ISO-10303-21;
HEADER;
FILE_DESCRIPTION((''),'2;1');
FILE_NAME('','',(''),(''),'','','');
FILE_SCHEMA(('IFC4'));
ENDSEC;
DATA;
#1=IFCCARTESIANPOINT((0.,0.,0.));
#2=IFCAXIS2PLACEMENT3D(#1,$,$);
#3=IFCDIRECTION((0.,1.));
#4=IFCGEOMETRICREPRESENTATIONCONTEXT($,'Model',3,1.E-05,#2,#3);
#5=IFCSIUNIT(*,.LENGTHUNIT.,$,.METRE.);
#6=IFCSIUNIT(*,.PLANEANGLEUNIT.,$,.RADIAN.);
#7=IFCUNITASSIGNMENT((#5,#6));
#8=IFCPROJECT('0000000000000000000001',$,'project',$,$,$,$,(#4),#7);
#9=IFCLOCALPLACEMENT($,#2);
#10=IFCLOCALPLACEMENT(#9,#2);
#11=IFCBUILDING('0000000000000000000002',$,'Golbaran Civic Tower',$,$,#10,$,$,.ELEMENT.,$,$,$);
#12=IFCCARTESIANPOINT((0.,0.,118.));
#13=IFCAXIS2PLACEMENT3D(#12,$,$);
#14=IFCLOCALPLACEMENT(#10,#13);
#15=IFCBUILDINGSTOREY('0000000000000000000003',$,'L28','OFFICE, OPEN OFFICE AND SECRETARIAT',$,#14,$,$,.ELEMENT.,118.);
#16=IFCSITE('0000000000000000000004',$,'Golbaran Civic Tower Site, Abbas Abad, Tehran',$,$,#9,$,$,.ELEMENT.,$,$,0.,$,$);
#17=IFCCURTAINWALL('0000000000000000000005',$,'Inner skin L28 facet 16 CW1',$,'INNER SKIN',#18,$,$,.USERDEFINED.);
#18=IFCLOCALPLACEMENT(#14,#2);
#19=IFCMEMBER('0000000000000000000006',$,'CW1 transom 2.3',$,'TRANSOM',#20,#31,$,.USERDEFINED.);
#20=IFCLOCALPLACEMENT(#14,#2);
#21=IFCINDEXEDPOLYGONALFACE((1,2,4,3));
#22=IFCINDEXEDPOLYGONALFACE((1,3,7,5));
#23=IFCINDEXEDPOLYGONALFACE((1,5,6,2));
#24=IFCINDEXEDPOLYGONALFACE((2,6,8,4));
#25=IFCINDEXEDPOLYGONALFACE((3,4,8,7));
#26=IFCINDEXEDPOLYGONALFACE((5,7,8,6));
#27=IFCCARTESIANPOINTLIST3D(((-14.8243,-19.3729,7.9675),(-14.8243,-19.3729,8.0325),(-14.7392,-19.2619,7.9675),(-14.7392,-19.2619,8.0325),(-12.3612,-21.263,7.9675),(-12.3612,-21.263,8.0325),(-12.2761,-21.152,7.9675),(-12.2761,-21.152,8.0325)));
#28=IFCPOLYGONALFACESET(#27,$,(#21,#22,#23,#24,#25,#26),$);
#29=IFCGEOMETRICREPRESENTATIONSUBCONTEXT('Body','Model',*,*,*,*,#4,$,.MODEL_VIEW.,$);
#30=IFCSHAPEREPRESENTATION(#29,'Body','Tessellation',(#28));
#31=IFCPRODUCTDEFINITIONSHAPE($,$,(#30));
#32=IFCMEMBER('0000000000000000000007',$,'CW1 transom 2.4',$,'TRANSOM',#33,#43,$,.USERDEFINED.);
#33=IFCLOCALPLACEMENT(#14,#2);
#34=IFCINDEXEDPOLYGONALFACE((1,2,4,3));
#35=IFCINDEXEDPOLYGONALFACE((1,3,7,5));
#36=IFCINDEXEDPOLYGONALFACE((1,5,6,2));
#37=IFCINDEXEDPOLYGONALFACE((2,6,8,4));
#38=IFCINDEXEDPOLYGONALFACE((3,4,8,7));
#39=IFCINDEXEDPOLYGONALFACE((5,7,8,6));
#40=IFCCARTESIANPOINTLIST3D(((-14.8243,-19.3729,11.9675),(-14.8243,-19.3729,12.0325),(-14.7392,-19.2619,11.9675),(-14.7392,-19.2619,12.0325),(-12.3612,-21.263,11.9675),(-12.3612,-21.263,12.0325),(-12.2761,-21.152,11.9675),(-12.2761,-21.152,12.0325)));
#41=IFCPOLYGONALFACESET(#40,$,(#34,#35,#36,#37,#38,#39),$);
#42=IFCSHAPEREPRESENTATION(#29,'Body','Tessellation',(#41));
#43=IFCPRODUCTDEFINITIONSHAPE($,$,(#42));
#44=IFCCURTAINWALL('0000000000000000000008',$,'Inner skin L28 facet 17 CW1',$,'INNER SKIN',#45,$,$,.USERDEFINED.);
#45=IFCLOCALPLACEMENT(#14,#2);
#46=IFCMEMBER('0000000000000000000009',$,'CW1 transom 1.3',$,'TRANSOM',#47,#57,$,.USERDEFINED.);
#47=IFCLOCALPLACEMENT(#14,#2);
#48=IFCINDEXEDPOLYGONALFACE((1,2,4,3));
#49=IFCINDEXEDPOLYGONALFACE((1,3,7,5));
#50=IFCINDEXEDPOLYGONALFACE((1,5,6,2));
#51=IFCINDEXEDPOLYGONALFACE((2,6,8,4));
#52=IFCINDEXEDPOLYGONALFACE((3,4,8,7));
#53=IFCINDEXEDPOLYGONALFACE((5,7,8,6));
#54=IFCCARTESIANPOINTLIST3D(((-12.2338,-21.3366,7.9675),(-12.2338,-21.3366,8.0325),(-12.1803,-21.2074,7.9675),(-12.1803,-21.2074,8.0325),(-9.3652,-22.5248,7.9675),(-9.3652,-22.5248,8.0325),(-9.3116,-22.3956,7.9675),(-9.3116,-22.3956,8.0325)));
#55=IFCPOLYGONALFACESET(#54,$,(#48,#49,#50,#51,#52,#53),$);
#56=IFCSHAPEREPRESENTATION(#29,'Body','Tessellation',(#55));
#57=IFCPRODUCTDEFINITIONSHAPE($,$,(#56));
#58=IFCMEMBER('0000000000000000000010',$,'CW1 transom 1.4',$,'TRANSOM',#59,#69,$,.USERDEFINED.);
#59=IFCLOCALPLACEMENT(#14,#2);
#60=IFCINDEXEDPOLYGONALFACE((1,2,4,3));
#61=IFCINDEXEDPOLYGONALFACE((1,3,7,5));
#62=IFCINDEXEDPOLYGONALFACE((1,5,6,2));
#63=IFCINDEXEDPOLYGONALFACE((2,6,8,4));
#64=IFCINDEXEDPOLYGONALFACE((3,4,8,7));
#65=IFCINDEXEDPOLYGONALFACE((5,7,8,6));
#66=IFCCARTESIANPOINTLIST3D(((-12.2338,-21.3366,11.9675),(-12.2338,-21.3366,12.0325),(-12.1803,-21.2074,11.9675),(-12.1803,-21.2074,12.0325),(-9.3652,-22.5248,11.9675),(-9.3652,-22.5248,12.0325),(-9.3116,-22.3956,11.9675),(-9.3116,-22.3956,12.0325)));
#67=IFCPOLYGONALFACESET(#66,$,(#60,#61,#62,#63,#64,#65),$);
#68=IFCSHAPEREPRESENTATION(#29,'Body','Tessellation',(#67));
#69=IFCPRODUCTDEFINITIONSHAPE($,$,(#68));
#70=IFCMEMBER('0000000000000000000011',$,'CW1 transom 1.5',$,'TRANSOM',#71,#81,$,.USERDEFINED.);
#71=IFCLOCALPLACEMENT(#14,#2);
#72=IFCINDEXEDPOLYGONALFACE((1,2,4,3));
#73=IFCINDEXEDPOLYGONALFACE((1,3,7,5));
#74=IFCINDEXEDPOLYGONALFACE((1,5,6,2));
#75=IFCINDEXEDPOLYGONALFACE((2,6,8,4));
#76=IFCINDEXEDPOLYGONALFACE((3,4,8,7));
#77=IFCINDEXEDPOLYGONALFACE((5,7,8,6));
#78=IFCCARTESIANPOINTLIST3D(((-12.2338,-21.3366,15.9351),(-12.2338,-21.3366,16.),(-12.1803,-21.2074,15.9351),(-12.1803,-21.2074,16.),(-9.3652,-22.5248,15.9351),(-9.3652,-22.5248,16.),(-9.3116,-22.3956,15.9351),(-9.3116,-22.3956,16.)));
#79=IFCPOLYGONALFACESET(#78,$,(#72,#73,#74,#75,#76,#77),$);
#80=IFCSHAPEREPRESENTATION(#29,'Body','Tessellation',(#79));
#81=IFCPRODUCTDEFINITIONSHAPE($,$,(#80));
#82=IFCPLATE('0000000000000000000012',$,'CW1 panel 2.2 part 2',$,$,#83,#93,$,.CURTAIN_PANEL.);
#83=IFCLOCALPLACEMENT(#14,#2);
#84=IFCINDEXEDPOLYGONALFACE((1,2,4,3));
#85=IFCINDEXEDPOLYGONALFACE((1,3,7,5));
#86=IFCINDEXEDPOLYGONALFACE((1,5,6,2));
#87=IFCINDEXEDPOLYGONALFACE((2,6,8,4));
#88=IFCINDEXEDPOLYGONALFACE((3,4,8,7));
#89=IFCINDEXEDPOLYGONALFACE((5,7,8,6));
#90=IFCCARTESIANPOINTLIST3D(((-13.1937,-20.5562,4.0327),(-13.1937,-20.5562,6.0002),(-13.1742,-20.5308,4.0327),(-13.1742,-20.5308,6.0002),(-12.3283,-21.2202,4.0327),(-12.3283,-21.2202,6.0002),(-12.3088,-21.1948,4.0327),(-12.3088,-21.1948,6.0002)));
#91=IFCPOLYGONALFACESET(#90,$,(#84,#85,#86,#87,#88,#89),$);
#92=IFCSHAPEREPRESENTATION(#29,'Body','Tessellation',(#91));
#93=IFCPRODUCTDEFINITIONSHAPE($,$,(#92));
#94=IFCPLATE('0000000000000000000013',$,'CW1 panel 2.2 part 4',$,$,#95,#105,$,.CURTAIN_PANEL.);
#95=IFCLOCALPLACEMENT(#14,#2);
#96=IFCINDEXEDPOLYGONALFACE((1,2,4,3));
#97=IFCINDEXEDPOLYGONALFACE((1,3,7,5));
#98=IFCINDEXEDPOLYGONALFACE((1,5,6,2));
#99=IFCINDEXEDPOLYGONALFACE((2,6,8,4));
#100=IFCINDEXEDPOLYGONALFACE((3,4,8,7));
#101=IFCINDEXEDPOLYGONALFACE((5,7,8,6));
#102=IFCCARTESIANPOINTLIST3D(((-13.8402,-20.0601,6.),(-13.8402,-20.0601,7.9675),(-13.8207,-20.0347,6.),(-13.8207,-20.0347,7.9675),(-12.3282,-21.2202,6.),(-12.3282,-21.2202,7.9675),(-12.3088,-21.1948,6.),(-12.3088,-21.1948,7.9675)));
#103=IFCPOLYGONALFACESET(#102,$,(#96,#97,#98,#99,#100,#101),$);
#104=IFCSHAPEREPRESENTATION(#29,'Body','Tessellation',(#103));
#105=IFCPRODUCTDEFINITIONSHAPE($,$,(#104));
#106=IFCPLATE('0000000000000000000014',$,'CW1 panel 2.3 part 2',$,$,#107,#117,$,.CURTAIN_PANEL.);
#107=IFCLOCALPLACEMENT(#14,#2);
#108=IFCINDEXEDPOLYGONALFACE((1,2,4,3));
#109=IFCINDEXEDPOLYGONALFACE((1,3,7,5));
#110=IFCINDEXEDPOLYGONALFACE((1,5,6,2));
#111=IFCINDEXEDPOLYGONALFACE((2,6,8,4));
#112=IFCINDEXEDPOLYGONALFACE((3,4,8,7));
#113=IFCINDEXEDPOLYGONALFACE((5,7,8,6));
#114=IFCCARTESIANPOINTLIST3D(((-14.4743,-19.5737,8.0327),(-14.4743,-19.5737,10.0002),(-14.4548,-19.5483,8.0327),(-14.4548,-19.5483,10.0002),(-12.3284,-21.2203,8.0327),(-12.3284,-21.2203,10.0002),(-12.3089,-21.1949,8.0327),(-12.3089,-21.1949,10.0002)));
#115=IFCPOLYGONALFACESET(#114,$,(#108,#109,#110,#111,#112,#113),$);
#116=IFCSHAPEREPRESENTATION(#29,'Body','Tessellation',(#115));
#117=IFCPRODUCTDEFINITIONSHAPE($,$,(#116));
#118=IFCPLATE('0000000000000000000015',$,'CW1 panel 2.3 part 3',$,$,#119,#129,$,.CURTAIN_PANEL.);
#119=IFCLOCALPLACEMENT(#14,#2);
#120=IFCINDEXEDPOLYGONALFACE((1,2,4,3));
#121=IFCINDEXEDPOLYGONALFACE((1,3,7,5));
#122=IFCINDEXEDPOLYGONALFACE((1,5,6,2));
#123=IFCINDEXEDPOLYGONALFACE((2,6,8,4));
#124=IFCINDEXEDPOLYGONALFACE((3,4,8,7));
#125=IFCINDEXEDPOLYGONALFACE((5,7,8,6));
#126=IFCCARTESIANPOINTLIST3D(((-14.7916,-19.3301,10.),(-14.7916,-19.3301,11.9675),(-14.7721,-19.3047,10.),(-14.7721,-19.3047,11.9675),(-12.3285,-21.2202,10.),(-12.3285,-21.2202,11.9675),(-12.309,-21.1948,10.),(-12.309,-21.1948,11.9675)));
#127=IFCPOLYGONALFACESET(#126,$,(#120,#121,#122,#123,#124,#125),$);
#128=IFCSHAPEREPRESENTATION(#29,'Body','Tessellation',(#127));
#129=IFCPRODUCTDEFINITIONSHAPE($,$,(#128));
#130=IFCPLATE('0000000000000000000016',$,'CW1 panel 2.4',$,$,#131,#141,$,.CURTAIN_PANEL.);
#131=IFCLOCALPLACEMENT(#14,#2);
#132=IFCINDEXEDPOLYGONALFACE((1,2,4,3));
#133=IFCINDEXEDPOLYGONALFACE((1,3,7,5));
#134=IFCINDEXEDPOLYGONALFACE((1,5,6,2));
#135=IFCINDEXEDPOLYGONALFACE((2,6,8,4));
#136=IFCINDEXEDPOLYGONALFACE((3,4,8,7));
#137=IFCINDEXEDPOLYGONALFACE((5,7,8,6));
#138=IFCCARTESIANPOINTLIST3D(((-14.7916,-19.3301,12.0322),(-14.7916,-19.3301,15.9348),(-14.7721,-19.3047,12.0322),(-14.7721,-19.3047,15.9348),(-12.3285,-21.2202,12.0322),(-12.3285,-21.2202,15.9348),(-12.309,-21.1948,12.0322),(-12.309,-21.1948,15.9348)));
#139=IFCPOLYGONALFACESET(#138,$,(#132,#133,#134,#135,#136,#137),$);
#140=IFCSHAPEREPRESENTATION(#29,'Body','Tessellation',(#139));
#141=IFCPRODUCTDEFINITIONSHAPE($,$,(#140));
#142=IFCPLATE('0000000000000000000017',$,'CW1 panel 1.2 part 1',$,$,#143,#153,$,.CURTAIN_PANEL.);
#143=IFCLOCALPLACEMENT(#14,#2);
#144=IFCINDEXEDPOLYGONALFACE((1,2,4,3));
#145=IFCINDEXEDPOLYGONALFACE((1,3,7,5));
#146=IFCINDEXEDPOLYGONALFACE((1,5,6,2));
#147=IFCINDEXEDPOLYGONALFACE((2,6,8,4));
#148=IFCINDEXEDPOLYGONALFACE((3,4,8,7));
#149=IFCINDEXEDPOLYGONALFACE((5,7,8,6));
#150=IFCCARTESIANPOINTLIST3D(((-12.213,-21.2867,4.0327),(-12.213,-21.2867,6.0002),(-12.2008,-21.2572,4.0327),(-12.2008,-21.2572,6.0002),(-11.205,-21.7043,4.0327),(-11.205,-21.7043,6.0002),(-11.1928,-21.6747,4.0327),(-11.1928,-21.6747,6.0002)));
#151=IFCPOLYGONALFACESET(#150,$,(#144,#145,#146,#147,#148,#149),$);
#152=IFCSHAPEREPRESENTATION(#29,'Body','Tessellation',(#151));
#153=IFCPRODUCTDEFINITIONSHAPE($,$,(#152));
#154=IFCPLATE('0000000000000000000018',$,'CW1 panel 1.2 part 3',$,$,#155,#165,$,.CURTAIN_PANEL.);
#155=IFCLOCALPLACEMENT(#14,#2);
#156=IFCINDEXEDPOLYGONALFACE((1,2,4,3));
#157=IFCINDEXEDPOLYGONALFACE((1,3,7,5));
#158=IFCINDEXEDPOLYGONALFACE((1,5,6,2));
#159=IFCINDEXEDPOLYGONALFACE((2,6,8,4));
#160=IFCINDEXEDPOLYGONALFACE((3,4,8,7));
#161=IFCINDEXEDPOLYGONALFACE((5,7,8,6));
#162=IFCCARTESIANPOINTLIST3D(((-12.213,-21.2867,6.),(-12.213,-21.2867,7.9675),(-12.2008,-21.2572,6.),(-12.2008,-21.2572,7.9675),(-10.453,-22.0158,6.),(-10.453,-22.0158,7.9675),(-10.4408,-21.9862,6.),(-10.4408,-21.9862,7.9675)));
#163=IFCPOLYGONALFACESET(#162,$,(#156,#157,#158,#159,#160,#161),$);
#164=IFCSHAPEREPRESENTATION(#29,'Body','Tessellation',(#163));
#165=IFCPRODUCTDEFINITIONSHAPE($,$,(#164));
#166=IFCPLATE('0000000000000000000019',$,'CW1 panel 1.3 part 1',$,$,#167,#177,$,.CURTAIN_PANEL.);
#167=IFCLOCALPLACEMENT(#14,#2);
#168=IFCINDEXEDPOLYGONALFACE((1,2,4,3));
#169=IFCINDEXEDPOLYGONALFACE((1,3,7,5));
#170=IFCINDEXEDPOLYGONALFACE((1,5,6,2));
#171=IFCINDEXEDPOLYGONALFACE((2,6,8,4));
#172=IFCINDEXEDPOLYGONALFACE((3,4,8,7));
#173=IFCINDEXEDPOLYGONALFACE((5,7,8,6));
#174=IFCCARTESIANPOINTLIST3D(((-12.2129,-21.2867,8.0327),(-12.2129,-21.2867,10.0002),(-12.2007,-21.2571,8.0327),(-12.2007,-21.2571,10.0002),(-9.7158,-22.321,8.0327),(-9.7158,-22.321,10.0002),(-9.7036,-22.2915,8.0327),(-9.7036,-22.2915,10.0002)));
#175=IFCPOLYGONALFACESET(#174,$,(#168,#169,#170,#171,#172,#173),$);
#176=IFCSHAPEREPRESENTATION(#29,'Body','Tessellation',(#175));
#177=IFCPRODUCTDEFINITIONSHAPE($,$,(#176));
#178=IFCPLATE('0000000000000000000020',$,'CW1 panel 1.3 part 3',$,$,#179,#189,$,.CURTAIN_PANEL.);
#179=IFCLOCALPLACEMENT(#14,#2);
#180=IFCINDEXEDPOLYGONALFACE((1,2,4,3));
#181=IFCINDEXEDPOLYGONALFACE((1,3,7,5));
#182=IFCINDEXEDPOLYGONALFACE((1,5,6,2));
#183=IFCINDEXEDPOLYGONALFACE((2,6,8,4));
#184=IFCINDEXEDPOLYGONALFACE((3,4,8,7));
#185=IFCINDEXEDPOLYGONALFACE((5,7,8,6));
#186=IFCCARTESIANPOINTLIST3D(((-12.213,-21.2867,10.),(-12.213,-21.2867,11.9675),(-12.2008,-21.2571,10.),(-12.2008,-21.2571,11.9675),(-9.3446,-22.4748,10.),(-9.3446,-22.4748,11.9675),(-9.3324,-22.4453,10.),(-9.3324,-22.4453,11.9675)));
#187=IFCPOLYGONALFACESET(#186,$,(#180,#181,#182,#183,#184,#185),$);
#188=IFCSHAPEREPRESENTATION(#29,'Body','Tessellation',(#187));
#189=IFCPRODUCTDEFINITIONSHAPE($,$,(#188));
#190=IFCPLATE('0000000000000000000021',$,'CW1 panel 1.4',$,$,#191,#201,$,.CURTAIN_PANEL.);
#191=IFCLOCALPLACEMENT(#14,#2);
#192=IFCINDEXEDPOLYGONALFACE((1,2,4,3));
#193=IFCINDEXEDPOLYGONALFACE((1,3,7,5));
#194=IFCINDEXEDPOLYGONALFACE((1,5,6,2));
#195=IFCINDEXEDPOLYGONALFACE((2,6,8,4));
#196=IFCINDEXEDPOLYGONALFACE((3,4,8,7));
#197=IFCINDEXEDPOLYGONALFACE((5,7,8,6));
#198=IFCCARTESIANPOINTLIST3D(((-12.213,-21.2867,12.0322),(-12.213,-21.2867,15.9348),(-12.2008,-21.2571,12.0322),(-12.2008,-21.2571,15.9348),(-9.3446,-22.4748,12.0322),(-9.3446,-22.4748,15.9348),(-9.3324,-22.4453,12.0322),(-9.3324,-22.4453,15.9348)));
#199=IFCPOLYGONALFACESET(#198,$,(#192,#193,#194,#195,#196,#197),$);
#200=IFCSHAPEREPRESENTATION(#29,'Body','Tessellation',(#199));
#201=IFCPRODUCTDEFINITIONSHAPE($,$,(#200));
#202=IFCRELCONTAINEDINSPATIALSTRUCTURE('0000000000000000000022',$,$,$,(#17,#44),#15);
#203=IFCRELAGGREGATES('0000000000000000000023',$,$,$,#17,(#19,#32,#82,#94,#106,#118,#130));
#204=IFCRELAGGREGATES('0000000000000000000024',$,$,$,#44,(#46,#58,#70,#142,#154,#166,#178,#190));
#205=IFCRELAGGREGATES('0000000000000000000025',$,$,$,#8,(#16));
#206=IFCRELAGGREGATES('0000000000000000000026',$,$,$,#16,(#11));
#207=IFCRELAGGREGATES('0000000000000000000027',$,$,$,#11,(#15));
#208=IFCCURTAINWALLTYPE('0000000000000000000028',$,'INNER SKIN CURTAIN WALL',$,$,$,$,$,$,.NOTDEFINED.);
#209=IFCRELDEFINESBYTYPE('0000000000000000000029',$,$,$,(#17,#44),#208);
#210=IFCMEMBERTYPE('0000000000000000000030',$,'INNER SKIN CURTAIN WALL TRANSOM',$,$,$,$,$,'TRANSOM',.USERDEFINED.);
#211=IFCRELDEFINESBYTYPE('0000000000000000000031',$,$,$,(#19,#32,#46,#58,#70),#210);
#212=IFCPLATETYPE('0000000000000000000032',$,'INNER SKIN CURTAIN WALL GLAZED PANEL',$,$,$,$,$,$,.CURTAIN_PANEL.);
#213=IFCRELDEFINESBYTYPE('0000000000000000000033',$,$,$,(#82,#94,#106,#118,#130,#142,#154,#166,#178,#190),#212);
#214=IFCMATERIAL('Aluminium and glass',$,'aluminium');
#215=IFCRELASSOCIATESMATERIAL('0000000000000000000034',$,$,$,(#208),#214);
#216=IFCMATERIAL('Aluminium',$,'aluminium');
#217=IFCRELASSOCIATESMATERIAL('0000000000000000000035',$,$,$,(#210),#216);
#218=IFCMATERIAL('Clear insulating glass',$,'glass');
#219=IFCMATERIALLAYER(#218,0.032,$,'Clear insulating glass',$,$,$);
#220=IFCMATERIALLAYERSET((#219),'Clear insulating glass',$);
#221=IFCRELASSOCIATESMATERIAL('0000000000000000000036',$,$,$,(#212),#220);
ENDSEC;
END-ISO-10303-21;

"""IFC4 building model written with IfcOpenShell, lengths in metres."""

from ifc_helpers import new_model, si_unit, direction, frame, origin, origin_2d, place, context, subcontext, project, spatial, rectangle, extrude, material, layer, layer_set, material_profile, profile_set, type_object, element, aggregate, save


model = new_model("IFC4")

# Units and contexts
model_context = context("Model", 3, precision=1e-05, world=origin(), true_north=direction((0.0, 1.0)))
body_context = subcontext(model_context, "Body", "Model", "MODEL_VIEW")
ifc_project = project(units=[si_unit("LENGTHUNIT", "METRE"), si_unit("PLANEANGLEUNIT", "RADIAN")], contexts=[model_context])

# Site, building, storey
site_placement = place(None, origin())
site = spatial("IfcSite", under=ifc_project, at=site_placement, Name="Golbaran Civic Tower Site, Abbas Abad, Tehran", CompositionType="ELEMENT", RefElevation=0.0)
building_placement = place(site_placement, origin())
building = spatial("IfcBuilding", under=site, at=building_placement, Name="Golbaran Civic Tower", CompositionType="ELEMENT")
storey_placement = place(building_placement, frame((0.0, 0.0, 118.0)))
storey = spatial("IfcBuildingStorey", under=building, at=storey_placement, Name="L28", Description="OFFICE, OPEN OFFICE AND SECRETARIAT", CompositionType="ELEMENT", Elevation=118.0)

# Curtain walls, members
ifc_material_1 = material(Name="Aluminium and glass", Category="aluminium")
curtain_wall_type_1 = type_object("IfcCurtainWallType", Name="INNER SKIN CURTAIN WALL", PredefinedType="NOTDEFINED", material=ifc_material_1)
curtain_wall_1_placement = place(storey_placement, origin())
curtain_wall_1 = element("IfcCurtainWall", 1, at=curtain_wall_1_placement, inside=storey, type_object=curtain_wall_type_1, Name="Inner skin L28 facet 16 CW1", ObjectType="INNER SKIN", PredefinedType="USERDEFINED")
ifc_material_2 = material(Name="Aluminium", Category="aluminium")
ifc_material_profile = material_profile(ifc_material_2, rectangle(XDim=0.1399, YDim=0.0649, at=origin_2d()), Name="INNER SKIN CURTAIN WALL TRANSOM")
ifc_profile_set = profile_set([ifc_material_profile], Name="Aluminium")
member_type = type_object("IfcMemberType", Name="INNER SKIN CURTAIN WALL TRANSOM", ElementType="TRANSOM", PredefinedType="USERDEFINED", material=ifc_profile_set)
member_1_placement = place(storey_placement, frame((-14.7817, -19.3174, 8.0), z_axis=(0.793337, -0.608783, 0.0), x_axis=(0.608783, 0.793337, 0.0)))
member_1 = element("IfcMember", 2, at=member_1_placement, type_object=member_type, Name="CW1 transom 2.3", ObjectType="TRANSOM", PredefinedType="USERDEFINED", context=body_context, shape_type="SweptSolid", body=[
    extrude(rectangle(XDim=0.1399, YDim=0.0649, at=origin_2d()), origin(), (0.0, 0.0, 1.0), 3.1047),
])
member_2_placement = place(storey_placement, frame((-14.7817, -19.3174, 12.0), z_axis=(0.793337, -0.608783, 0.0), x_axis=(0.608783, 0.793337, 0.0)))
member_2 = element("IfcMember", 3, at=member_2_placement, type_object=member_type, Name="CW1 transom 2.4", ObjectType="TRANSOM", PredefinedType="USERDEFINED", context=body_context, shape_type="SweptSolid", body=[
    extrude(rectangle(XDim=0.1399, YDim=0.0649, at=origin_2d()), origin(), (0.0, 0.0, 1.0), 3.1047),
])
curtain_wall_2_placement = place(storey_placement, origin())
curtain_wall_2 = element("IfcCurtainWall", 4, at=curtain_wall_2_placement, inside=storey, type_object=curtain_wall_type_1, Name="Inner skin L28 facet 17 CW1", ObjectType="INNER SKIN", PredefinedType="USERDEFINED")
member_3_placement = place(storey_placement, frame((-12.207, -21.272, 8.0), z_axis=(0.92388, -0.382683, 0.0), x_axis=(0.382683, 0.92388, 0.0)))
member_3 = element("IfcMember", 5, at=member_3_placement, type_object=member_type, Name="CW1 transom 1.3", ObjectType="TRANSOM", PredefinedType="USERDEFINED", context=body_context, shape_type="SweptSolid", body=[
    extrude(rectangle(XDim=0.1399, YDim=0.0649, at=origin_2d()), origin(), (0.0, 0.0, 1.0), 3.105),
])
member_4_placement = place(storey_placement, frame((-12.207, -21.272, 12.0), z_axis=(0.92388, -0.382683, 0.0), x_axis=(0.382683, 0.92388, 0.0)))
member_4 = element("IfcMember", 6, at=member_4_placement, type_object=member_type, Name="CW1 transom 1.4", ObjectType="TRANSOM", PredefinedType="USERDEFINED", context=body_context, shape_type="SweptSolid", body=[
    extrude(rectangle(XDim=0.1399, YDim=0.0649, at=origin_2d()), origin(), (0.0, 0.0, 1.0), 3.105),
])
member_5_placement = place(storey_placement, frame((-12.207, -21.272, 15.9675), z_axis=(0.92388, -0.382683, 0.0), x_axis=(0.382683, 0.92388, 0.0)))
member_5 = element("IfcMember", 7, at=member_5_placement, type_object=member_type, Name="CW1 transom 1.5", ObjectType="TRANSOM", PredefinedType="USERDEFINED", context=body_context, shape_type="SweptSolid", body=[
    extrude(rectangle(XDim=0.1399, YDim=0.0649, at=origin_2d()), origin(), (0.0, 0.0, 1.0), 3.105),
])

# Plates
ifc_material_3 = material(Name="Clear insulating glass", Category="glass")
ifc_layer_1 = layer(ifc_material_3, 0.032, Name="Clear insulating glass")
ifc_layer_set_1 = layer_set([ifc_layer_1], Name="Clear insulating glass")
plate_type_1 = type_object("IfcPlateType", Name="INNER SKIN CURTAIN WALL GLAZED PANEL", PredefinedType="CURTAIN_PANEL", material=ifc_layer_set_1)
plate_1_placement = place(storey_placement, frame((-12.7512, -20.8755, 4.0327), z_axis=(0.0, 0.0, 1.0), x_axis=(0.793353, -0.608761, 0.0)))
plate_1 = element("IfcPlate", 8, at=plate_1_placement, type_object=plate_type_1, Name="CW1 panel 2.2 part 2", PredefinedType="CURTAIN_PANEL", context=body_context, shape_type="SweptSolid", body=[
    extrude(rectangle(XDim=1.0908, YDim=0.032, at=origin_2d()), origin(), (0.0, 0.0, 1.0), 1.9675),
])
plate_2_placement = place(storey_placement, frame((-13.0745, -20.6274, 6.0), z_axis=(0.0, 0.0, 1.0), x_axis=(0.793353, -0.608761, 0.0)))
plate_2 = element("IfcPlate", 9, at=plate_2_placement, type_object=plate_type_1, Name="CW1 panel 2.2 part 4", PredefinedType="CURTAIN_PANEL", context=body_context, shape_type="SweptSolid", body=[
    extrude(rectangle(XDim=1.9058, YDim=0.032, at=origin_2d()), origin(), (0.0, 0.0, 1.0), 1.9675),
])
plate_3_placement = place(storey_placement, frame((-13.3916, -20.3843, 8.0327), z_axis=(0.0, 0.0, 1.0), x_axis=(0.793353, -0.608761, 0.0)))
plate_3 = element("IfcPlate", 10, at=plate_3_placement, type_object=plate_type_1, Name="CW1 panel 2.3 part 2", PredefinedType="CURTAIN_PANEL", context=body_context, shape_type="SweptSolid", body=[
    extrude(rectangle(XDim=2.7048, YDim=0.032, at=origin_2d()), origin(), (0.0, 0.0, 1.0), 1.9675),
])
plate_4_placement = place(storey_placement, frame((-13.5503, -20.2625, 10.0), z_axis=(0.0, 0.0, 1.0), x_axis=(0.793353, -0.608761, 0.0)))
plate_4 = element("IfcPlate", 11, at=plate_4_placement, type_object=plate_type_1, Name="CW1 panel 2.3 part 3", PredefinedType="CURTAIN_PANEL", context=body_context, shape_type="SweptSolid", body=[
    extrude(rectangle(XDim=3.1047, YDim=0.032, at=origin_2d()), origin(), (0.0, 0.0, 1.0), 1.9675),
])
plate_5_placement = place(storey_placement, frame((-13.5503, -20.2625, 12.0322), z_axis=(0.0, 0.0, 1.0), x_axis=(0.793353, -0.608761, 0.0)))
plate_5 = element("IfcPlate", 12, at=plate_5_placement, type_object=plate_type_1, Name="CW1 panel 2.4", PredefinedType="CURTAIN_PANEL", context=body_context, shape_type="SweptSolid", body=[
    extrude(rectangle(XDim=3.1047, YDim=0.032, at=origin_2d()), origin(), (0.0, 0.0, 1.0), 3.9026),
])
plate_6_placement = place(storey_placement, frame((-11.7029, -21.4807, 4.0327), z_axis=(0.0, 0.0, 1.0), x_axis=(0.92388, -0.382683, 0.0)))
plate_6 = element("IfcPlate", 13, at=plate_6_placement, type_object=plate_type_1, Name="CW1 panel 1.2 part 1", PredefinedType="CURTAIN_PANEL", context=body_context, shape_type="SweptSolid", body=[
    extrude(rectangle(XDim=1.0911, YDim=0.032, at=origin_2d()), origin(), (0.0, 0.0, 1.0), 1.9675),
])
plate_7_placement = place(storey_placement, frame((-11.3269, -21.6365, 6.0), z_axis=(0.0, 0.0, 1.0), x_axis=(0.92388, -0.382683, 0.0)))
plate_7 = element("IfcPlate", 14, at=plate_7_placement, type_object=plate_type_1, Name="CW1 panel 1.2 part 3", PredefinedType="CURTAIN_PANEL", context=body_context, shape_type="SweptSolid", body=[
    extrude(rectangle(XDim=1.905, YDim=0.032, at=origin_2d()), origin(), (0.0, 0.0, 1.0), 1.9675),
])
plate_8_placement = place(storey_placement, frame((-10.9583, -21.7891, 8.0327), z_axis=(0.0, 0.0, 1.0), x_axis=(0.92388, -0.382683, 0.0)))
plate_8 = element("IfcPlate", 15, at=plate_8_placement, type_object=plate_type_1, Name="CW1 panel 1.3 part 1", PredefinedType="CURTAIN_PANEL", context=body_context, shape_type="SweptSolid", body=[
    extrude(rectangle(XDim=2.7029, YDim=0.032, at=origin_2d()), origin(), (0.0, 0.0, 1.0), 1.9675),
])
plate_9_placement = place(storey_placement, frame((-10.7727, -21.866, 10.0), z_axis=(0.0, 0.0, 1.0), x_axis=(0.92388, -0.382683, 0.0)))
plate_9 = element("IfcPlate", 16, at=plate_9_placement, type_object=plate_type_1, Name="CW1 panel 1.3 part 3", PredefinedType="CURTAIN_PANEL", context=body_context, shape_type="SweptSolid", body=[
    extrude(rectangle(XDim=3.1047, YDim=0.032, at=origin_2d()), origin(), (0.0, 0.0, 1.0), 1.9675),
])
plate_10_placement = place(storey_placement, frame((-10.7727, -21.866, 12.0322), z_axis=(0.0, 0.0, 1.0), x_axis=(0.92388, -0.382683, 0.0)))
plate_10 = element("IfcPlate", 17, at=plate_10_placement, type_object=plate_type_1, Name="CW1 panel 1.4", PredefinedType="CURTAIN_PANEL", context=body_context, shape_type="SweptSolid", body=[
    extrude(rectangle(XDim=3.1047, YDim=0.032, at=origin_2d()), origin(), (0.0, 0.0, 1.0), 3.9026),
])
aggregate(curtain_wall_1, [member_1, member_2, plate_1, plate_2, plate_3, plate_4, plate_5])
aggregate(curtain_wall_2, [member_3, member_4, member_5, plate_6, plate_7, plate_8, plate_9, plate_10])

save(model, "model.ifc")
